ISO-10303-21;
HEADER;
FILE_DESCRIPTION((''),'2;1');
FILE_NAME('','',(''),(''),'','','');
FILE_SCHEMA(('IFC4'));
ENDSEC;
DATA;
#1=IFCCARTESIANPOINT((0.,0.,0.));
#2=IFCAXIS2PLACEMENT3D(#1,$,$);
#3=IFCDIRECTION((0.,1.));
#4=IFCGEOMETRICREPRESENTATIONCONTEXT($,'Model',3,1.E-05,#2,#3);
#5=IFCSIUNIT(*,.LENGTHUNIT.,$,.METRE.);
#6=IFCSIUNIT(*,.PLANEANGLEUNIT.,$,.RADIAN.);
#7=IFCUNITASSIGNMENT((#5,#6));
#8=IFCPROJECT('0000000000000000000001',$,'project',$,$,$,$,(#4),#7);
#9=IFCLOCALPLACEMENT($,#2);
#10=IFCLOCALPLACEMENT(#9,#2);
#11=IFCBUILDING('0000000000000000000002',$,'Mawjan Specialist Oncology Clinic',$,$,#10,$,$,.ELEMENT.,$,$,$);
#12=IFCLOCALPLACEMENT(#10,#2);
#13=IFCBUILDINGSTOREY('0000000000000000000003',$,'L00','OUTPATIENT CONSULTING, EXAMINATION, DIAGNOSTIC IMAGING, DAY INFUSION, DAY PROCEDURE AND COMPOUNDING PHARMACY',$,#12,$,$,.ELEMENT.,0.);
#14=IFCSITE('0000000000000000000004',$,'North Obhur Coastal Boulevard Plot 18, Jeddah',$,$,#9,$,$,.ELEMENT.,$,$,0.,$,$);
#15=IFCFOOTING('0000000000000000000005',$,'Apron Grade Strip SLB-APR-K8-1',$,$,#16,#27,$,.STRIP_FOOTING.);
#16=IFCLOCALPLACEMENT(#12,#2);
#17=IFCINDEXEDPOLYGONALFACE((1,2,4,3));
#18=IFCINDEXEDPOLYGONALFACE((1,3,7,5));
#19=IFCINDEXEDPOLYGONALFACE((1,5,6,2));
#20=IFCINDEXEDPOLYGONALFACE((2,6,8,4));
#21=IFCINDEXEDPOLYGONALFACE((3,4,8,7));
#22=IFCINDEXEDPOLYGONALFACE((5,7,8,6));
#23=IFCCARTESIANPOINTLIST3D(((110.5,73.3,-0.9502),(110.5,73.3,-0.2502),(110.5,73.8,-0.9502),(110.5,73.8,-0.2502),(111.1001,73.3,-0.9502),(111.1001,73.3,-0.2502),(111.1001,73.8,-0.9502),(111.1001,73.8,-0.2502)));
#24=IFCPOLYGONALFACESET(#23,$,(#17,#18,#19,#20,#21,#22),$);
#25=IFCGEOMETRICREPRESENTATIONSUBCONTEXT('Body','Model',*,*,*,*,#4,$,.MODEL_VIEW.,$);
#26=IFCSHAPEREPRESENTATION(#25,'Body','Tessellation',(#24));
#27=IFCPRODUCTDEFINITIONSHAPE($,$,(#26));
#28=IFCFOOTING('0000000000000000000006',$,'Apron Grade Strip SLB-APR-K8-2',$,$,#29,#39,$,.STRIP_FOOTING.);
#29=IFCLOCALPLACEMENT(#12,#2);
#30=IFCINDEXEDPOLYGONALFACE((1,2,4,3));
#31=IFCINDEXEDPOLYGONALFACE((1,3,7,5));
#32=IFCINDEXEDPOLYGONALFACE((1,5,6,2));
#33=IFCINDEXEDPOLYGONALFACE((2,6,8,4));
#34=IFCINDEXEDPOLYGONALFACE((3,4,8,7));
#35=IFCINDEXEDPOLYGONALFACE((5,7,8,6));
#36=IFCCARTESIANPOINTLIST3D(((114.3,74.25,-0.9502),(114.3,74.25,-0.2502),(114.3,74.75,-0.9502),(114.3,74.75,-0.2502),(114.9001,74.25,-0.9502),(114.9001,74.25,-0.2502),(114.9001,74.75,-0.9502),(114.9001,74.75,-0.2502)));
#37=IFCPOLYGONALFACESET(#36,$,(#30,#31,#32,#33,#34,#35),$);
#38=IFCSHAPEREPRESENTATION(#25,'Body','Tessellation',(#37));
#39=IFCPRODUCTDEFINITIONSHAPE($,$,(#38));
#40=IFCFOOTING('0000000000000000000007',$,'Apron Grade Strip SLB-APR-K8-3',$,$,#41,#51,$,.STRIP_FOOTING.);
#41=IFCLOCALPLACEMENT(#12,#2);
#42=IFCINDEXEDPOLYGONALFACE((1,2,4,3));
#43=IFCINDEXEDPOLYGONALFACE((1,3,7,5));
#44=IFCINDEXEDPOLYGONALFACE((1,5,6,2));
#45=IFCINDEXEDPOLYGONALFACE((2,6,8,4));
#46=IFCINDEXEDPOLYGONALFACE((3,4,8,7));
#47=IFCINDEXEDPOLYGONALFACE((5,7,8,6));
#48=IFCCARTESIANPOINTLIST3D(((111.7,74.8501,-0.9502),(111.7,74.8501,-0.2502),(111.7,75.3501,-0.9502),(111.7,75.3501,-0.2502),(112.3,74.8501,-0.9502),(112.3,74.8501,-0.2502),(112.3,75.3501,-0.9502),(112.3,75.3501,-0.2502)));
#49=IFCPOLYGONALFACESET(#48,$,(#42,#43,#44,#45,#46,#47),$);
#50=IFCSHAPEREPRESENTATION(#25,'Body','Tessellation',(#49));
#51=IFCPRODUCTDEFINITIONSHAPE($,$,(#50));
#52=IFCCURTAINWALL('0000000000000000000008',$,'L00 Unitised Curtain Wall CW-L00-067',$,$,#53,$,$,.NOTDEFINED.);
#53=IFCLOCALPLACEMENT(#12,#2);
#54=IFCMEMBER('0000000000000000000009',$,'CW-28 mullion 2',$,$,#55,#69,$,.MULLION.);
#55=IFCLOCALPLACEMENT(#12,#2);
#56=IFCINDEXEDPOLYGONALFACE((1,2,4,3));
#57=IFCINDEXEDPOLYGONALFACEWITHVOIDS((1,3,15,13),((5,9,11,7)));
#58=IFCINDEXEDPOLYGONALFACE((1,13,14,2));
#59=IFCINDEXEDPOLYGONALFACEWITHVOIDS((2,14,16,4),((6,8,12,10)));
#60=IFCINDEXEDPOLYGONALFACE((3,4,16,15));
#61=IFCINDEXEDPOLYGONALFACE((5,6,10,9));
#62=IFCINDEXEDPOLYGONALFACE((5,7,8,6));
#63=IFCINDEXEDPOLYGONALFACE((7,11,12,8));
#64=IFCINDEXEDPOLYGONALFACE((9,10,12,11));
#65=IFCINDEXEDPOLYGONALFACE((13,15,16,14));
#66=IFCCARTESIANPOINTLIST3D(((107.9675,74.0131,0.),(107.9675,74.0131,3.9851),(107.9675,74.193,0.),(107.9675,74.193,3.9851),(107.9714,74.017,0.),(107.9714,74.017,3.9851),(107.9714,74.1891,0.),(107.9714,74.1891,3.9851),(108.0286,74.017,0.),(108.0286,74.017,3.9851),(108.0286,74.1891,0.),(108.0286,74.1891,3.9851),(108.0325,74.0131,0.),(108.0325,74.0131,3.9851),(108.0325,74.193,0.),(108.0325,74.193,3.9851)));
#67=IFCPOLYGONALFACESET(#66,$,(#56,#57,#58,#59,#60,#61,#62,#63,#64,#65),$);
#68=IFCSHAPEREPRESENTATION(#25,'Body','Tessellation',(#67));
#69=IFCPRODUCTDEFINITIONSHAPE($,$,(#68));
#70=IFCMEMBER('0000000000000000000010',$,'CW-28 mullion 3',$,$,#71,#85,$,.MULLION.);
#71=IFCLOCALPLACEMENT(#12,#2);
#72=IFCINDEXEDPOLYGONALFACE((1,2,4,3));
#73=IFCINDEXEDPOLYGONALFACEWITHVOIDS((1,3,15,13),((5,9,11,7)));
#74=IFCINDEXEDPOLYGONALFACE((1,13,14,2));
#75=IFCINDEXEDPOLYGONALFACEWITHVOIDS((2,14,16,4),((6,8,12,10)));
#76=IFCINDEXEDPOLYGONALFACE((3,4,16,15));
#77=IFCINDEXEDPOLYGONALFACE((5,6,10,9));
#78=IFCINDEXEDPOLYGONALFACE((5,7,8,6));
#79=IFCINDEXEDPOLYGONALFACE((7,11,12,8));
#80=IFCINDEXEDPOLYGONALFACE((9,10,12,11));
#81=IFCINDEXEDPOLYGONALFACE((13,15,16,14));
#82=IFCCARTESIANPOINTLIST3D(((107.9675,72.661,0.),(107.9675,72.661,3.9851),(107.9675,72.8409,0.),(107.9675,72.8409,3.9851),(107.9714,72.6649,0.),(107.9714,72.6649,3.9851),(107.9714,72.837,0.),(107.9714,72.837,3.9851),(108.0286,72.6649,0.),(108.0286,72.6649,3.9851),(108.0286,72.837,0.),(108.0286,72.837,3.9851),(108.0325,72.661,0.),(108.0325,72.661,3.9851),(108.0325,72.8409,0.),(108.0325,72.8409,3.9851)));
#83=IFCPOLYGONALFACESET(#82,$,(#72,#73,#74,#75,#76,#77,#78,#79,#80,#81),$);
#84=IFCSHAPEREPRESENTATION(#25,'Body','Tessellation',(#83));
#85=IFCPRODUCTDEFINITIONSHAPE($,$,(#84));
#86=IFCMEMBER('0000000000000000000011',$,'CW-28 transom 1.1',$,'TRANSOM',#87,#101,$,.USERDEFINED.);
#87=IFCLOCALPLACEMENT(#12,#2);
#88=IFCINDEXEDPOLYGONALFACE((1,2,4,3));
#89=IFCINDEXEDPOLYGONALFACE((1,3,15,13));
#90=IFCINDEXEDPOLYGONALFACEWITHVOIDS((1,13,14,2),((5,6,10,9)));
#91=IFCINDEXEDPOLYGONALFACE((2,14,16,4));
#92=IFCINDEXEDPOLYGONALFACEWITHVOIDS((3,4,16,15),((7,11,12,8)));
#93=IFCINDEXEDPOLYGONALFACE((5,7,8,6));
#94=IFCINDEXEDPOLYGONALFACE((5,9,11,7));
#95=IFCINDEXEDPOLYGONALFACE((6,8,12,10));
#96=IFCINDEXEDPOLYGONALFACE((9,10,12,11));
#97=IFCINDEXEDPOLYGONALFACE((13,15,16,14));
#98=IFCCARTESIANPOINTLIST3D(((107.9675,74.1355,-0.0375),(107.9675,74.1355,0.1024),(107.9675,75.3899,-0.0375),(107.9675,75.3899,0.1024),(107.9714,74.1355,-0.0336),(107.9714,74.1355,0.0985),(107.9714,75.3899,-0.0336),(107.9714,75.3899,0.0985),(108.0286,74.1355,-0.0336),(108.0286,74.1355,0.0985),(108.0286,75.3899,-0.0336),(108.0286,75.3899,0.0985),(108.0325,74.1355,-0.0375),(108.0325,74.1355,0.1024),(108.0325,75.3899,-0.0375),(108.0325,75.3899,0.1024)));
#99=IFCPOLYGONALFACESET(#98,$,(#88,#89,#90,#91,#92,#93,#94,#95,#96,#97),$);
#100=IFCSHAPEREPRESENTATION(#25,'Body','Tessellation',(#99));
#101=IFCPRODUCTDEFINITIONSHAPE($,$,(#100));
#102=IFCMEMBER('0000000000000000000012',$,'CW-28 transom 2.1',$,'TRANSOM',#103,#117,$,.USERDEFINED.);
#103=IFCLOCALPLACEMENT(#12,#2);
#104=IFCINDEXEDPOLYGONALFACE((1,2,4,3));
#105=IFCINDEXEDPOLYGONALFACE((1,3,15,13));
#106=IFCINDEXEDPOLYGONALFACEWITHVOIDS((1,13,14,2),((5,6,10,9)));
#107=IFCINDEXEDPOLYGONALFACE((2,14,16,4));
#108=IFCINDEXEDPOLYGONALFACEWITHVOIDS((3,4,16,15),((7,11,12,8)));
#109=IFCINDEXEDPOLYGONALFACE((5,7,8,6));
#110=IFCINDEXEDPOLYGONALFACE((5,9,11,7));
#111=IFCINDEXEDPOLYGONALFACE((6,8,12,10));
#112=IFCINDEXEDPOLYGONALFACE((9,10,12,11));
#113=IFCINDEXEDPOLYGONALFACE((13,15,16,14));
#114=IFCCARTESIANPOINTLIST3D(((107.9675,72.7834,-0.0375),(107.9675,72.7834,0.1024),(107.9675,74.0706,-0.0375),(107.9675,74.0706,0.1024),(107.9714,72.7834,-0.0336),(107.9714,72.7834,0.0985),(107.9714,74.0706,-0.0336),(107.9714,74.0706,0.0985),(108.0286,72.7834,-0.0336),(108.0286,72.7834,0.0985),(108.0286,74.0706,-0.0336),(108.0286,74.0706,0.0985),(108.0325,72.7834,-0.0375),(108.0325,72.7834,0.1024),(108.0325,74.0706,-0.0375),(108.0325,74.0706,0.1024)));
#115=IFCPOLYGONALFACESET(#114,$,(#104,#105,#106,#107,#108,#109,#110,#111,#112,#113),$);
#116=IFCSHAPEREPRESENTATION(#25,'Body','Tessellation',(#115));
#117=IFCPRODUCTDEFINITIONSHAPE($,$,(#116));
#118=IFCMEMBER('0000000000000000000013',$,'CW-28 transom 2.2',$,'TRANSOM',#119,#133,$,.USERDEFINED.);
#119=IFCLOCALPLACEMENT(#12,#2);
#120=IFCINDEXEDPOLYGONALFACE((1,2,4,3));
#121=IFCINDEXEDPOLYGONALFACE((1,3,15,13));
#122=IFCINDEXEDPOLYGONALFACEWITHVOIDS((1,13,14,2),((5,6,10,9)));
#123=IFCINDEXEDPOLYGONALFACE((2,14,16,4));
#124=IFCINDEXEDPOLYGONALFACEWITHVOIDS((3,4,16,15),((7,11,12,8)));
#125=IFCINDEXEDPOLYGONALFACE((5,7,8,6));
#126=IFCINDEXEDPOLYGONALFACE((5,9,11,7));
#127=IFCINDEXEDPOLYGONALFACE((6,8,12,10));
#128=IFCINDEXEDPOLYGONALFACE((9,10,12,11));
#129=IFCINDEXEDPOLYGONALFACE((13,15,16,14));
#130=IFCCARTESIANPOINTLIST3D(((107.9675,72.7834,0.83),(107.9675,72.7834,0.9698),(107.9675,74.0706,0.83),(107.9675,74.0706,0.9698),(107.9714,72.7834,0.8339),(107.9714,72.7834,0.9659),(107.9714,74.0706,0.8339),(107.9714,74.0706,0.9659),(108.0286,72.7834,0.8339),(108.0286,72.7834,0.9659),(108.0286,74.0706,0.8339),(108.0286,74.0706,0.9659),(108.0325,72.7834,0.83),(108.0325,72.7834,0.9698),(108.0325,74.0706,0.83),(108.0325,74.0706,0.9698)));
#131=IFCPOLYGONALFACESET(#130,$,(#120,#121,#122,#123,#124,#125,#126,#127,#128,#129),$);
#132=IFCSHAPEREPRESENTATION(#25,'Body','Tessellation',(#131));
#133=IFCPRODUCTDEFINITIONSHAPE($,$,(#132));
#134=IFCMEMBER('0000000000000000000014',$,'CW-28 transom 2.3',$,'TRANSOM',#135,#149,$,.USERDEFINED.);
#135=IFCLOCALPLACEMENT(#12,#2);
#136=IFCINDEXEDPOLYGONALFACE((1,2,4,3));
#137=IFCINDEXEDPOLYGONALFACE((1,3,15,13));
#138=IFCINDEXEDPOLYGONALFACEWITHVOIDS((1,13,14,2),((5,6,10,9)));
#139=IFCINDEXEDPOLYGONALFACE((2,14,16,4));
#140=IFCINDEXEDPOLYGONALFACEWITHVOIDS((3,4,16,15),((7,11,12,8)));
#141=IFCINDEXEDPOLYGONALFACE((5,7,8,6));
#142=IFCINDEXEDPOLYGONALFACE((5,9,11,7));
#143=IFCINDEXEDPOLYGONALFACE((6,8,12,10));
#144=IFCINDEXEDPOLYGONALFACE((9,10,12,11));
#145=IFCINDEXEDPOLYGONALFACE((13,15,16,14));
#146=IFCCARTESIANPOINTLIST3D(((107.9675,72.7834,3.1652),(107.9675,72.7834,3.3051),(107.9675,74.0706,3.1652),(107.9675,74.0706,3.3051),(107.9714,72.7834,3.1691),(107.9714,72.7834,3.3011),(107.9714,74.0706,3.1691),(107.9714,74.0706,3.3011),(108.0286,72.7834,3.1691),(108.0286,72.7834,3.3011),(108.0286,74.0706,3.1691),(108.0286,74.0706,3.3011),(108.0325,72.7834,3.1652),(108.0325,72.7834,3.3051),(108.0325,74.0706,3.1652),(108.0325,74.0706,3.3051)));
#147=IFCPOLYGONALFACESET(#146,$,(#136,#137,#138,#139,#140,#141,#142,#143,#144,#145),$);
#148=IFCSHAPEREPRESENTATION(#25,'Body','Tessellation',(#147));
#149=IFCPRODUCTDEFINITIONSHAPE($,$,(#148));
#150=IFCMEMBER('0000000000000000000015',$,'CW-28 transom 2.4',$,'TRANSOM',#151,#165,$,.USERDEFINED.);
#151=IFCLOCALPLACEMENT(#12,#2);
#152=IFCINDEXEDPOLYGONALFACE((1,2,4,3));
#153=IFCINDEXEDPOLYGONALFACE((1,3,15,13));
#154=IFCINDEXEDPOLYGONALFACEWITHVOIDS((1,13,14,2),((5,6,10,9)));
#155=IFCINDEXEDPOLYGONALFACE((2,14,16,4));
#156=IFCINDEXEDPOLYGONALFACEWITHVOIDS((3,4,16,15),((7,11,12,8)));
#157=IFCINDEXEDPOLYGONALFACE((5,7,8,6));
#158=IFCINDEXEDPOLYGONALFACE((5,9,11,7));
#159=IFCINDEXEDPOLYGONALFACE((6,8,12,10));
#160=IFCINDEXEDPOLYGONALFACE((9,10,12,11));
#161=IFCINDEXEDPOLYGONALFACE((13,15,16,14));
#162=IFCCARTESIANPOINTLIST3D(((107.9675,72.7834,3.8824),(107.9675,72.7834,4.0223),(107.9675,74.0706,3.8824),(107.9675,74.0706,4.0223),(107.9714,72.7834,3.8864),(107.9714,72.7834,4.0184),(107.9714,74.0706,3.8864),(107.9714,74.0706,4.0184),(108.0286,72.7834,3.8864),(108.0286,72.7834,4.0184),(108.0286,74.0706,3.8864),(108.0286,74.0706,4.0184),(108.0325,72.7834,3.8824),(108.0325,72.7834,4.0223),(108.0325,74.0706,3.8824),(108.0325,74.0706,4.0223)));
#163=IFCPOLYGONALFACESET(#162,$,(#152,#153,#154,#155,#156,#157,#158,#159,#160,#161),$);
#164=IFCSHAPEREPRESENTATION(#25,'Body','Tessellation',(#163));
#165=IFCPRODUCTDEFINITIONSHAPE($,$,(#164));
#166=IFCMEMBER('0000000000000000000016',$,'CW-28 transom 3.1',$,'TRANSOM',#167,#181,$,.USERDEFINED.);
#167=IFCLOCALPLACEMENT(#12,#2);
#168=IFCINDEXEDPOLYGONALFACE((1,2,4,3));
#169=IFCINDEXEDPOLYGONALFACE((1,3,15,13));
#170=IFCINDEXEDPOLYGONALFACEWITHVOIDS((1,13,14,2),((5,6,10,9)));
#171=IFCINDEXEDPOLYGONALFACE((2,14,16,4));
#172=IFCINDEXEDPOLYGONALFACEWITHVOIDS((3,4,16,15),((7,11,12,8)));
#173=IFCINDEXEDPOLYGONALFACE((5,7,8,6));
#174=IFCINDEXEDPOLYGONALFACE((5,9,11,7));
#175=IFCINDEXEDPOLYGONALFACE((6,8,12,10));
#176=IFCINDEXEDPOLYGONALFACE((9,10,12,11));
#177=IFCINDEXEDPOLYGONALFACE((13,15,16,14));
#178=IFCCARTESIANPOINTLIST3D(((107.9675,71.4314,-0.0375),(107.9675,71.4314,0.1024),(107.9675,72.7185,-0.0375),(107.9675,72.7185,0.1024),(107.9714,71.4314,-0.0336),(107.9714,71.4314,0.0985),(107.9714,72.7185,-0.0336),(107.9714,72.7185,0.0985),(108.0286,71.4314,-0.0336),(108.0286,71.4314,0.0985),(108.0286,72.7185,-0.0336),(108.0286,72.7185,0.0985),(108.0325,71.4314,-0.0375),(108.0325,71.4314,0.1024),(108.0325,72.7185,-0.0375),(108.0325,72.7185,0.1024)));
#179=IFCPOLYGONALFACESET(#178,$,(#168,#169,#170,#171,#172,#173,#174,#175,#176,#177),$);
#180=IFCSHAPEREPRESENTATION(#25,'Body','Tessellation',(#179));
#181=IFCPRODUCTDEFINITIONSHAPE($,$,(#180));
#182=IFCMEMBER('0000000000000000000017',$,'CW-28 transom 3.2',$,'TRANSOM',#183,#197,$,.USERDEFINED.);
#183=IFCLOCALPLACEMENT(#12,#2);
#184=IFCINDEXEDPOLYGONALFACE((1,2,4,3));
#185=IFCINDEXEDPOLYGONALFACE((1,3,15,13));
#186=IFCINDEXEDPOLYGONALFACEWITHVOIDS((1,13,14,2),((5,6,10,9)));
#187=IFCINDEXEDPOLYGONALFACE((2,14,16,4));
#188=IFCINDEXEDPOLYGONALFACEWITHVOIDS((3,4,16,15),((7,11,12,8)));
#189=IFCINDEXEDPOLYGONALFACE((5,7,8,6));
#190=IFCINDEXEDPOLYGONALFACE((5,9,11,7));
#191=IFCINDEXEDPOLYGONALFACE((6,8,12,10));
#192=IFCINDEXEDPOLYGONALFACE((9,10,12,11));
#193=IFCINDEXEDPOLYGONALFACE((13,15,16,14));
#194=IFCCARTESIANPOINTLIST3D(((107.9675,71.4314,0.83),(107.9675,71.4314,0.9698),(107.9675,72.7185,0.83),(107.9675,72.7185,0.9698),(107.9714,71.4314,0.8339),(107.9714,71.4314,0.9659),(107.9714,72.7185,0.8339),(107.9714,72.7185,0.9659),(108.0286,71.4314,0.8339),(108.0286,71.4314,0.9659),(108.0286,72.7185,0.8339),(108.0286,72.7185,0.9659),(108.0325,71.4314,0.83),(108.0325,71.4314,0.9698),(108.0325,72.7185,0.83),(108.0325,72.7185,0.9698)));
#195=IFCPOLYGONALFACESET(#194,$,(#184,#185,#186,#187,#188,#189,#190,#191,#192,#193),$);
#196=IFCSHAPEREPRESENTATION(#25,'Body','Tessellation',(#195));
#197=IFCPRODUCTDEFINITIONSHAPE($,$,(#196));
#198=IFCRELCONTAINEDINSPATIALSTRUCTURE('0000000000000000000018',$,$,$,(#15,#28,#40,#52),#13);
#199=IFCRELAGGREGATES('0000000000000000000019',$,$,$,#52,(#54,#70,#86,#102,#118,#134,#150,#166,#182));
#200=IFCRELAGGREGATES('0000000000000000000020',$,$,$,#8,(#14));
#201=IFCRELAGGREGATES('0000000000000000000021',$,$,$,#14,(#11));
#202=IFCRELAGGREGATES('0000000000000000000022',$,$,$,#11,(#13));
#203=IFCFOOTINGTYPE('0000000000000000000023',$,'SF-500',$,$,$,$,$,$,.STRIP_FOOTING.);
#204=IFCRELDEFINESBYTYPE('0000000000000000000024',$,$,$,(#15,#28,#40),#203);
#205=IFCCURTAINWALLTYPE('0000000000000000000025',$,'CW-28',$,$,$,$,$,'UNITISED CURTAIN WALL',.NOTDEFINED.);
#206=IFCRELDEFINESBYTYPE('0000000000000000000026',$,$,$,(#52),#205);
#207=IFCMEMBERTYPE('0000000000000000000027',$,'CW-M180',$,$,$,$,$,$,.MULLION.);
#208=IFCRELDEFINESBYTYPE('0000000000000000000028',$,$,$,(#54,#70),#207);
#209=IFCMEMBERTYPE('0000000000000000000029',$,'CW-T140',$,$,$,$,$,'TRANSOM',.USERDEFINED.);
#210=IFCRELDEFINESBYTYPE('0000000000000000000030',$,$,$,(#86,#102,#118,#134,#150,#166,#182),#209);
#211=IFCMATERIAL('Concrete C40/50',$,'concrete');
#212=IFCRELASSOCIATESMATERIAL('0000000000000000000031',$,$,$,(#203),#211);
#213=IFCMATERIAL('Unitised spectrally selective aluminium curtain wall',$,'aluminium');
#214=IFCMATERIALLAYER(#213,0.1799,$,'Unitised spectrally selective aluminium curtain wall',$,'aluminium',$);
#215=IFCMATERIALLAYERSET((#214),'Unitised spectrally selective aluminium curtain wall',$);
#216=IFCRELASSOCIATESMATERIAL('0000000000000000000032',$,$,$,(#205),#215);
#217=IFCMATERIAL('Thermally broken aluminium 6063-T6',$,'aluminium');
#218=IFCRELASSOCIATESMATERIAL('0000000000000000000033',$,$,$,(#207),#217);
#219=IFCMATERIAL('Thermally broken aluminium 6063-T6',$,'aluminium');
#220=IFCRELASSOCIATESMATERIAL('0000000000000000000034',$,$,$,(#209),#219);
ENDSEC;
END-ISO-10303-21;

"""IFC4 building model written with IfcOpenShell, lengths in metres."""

from ifc_helpers import new_model, si_unit, direction, frame, origin, origin_2d, place, context, subcontext, project, spatial, rectangle, hollow_rectangle, extrude, material, layer, layer_set, material_profile, profile_set, type_object, element, aggregate, save


model = new_model("IFC4")

# Units and contexts
model_context = context("Model", 3, precision=1e-05, world=origin(), true_north=direction((0.0, 1.0)))
body_context = subcontext(model_context, "Body", "Model", "MODEL_VIEW")
ifc_project = project(units=[si_unit("LENGTHUNIT", "METRE"), si_unit("PLANEANGLEUNIT", "RADIAN")], contexts=[model_context])

# Site, building, storey
site_placement = place(None, origin())
site = spatial("IfcSite", under=ifc_project, at=site_placement, Name="North Obhur Coastal Boulevard Plot 18, Jeddah", CompositionType="ELEMENT", RefElevation=0.0)
building_placement = place(site_placement, origin())
building = spatial("IfcBuilding", under=site, at=building_placement, Name="Mawjan Specialist Oncology Clinic", CompositionType="ELEMENT")
storey_placement = place(building_placement, origin())
storey = spatial("IfcBuildingStorey", under=building, at=storey_placement, Name="L00", Description="OUTPATIENT CONSULTING, EXAMINATION, DIAGNOSTIC IMAGING, DAY INFUSION, DAY PROCEDURE AND COMPOUNDING PHARMACY", CompositionType="ELEMENT", Elevation=0.0)

# Footings
ifc_material_1 = material(Name="Concrete C40/50", Category="concrete")
footing_type = type_object("IfcFootingType", Name="SF-500", PredefinedType="STRIP_FOOTING", material=ifc_material_1)
for number, where, z_axis, x_axis, name in (
    (1, (110.8, 73.55, -0.9502), (0.0, 0.0, 1.0), (1.0, 0.0, 0.0), "Apron Grade Strip SLB-APR-K8-1"),
    (2, (114.6001, 74.5, -0.9502), (0.0, 0.0, 1.0), (1.0, 0.0, 0.0), "Apron Grade Strip SLB-APR-K8-2"),
    (3, (112.0, 75.1001, -0.9502), (0.0, 0.0, 1.0), (1.0, 0.0, 0.0), "Apron Grade Strip SLB-APR-K8-3"),
):
    element("IfcFooting", number, at=place(storey_placement, frame(where, z_axis=z_axis, x_axis=x_axis)), inside=storey, type_object=footing_type, Name=name, PredefinedType="STRIP_FOOTING", context=body_context, shape_type="SweptSolid", body=[
        extrude(rectangle(XDim=0.6001, YDim=0.5, at=origin_2d()), origin(), (0.0, 0.0, 1.0), 0.7),
    ])

# Curtain wall, members
ifc_material_2 = material(Name="Unitised spectrally selective aluminium curtain wall", Category="aluminium")
ifc_layer_1 = layer(ifc_material_2, 0.1799, Name="Unitised spectrally selective aluminium curtain wall", Category="aluminium")
ifc_layer_set_1 = layer_set([ifc_layer_1], Name="Unitised spectrally selective aluminium curtain wall")
curtain_wall_type = type_object("IfcCurtainWallType", Name="CW-28", ElementType="UNITISED CURTAIN WALL", PredefinedType="NOTDEFINED", material=ifc_layer_set_1)
curtain_wall_placement = place(storey_placement, origin())
curtain_wall = element("IfcCurtainWall", 4, at=curtain_wall_placement, inside=storey, type_object=curtain_wall_type, Name="L00 Unitised Curtain Wall CW-L00-067", PredefinedType="NOTDEFINED")
ifc_material_3 = material(Name="Thermally broken aluminium 6063-T6", Category="aluminium")
ifc_material_profile_1 = material_profile(ifc_material_3, hollow_rectangle(XDim=0.0649, YDim=0.1799, WallThickness=0.0039, at=origin_2d()), Name="ALU MULLION 180x65x4", Category="aluminium")
ifc_profile_set_1 = profile_set([ifc_material_profile_1], Name="Thermally broken aluminium 6063-T6")
member_type_1 = type_object("IfcMemberType", Name="CW-M180", PredefinedType="MULLION", material=ifc_profile_set_1)
member_1_placement = place(storey_placement, frame((108.0, 74.103, 0.0), z_axis=(0.0, 0.0, 1.0), x_axis=(1.0, 0.0, 0.0)))
member_1 = element("IfcMember", 5, at=member_1_placement, type_object=member_type_1, Name="CW-28 mullion 2", PredefinedType="MULLION", context=body_context, shape_type="SweptSolid", body=[
    extrude(hollow_rectangle(XDim=0.0649, YDim=0.1799, WallThickness=0.0039, at=origin_2d()), origin(), (0.0, 0.0, 1.0), 3.9851),
])
member_2_placement = place(storey_placement, frame((108.0, 72.751, 0.0), z_axis=(0.0, 0.0, 1.0), x_axis=(1.0, 0.0, 0.0)))
member_2 = element("IfcMember", 6, at=member_2_placement, type_object=member_type_1, Name="CW-28 mullion 3", PredefinedType="MULLION", context=body_context, shape_type="SweptSolid", body=[
    extrude(hollow_rectangle(XDim=0.0649, YDim=0.1799, WallThickness=0.0039, at=origin_2d()), origin(), (0.0, 0.0, 1.0), 3.9851),
])
ifc_material_4 = material(Name="Thermally broken aluminium 6063-T6", Category="aluminium")
ifc_material_profile_2 = material_profile(ifc_material_4, hollow_rectangle(XDim=0.0649, YDim=0.1399, WallThickness=0.0039, at=origin_2d()), Name="ALU TRANSOM 140x65x4", Category="aluminium")
ifc_profile_set_2 = profile_set([ifc_material_profile_2], Name="Thermally broken aluminium 6063-T6")
member_type_2 = type_object("IfcMemberType", Name="CW-T140", ElementType="TRANSOM", PredefinedType="USERDEFINED", material=ifc_profile_set_2)
member_3_placement = place(storey_placement, frame((108.0, 75.3899, 0.0325), z_axis=(0.0, -1.0, 0.0), x_axis=(1.0, 0.0, 0.0)))
member_3 = element("IfcMember", 7, at=member_3_placement, type_object=member_type_2, Name="CW-28 transom 1.1", ObjectType="TRANSOM", PredefinedType="USERDEFINED", context=body_context, shape_type="SweptSolid", body=[
    extrude(hollow_rectangle(XDim=0.0649, YDim=0.1399, WallThickness=0.0039, at=origin_2d()), origin(), (0.0, 0.0, 1.0), 1.2544),
])
member_4_placement = place(storey_placement, frame((108.0, 74.0706, 0.0325), z_axis=(0.0, -1.0, 0.0), x_axis=(1.0, 0.0, 0.0)))
member_4 = element("IfcMember", 8, at=member_4_placement, type_object=member_type_2, Name="CW-28 transom 2.1", ObjectType="TRANSOM", PredefinedType="USERDEFINED", context=body_context, shape_type="SweptSolid", body=[
    extrude(hollow_rectangle(XDim=0.0649, YDim=0.1399, WallThickness=0.0039, at=origin_2d()), origin(), (0.0, 0.0, 1.0), 1.2871),
])
member_5_placement = place(storey_placement, frame((108.0, 74.0706, 0.8999), z_axis=(0.0, -1.0, 0.0), x_axis=(1.0, 0.0, 0.0)))
member_5 = element("IfcMember", 9, at=member_5_placement, type_object=member_type_2, Name="CW-28 transom 2.2", ObjectType="TRANSOM", PredefinedType="USERDEFINED", context=body_context, shape_type="SweptSolid", body=[
    extrude(hollow_rectangle(XDim=0.0649, YDim=0.1399, WallThickness=0.0039, at=origin_2d()), origin(), (0.0, 0.0, 1.0), 1.2871),
])
member_6_placement = place(storey_placement, frame((108.0, 74.0706, 3.2351), z_axis=(0.0, -1.0, 0.0), x_axis=(1.0, 0.0, 0.0)))
member_6 = element("IfcMember", 10, at=member_6_placement, type_object=member_type_2, Name="CW-28 transom 2.3", ObjectType="TRANSOM", PredefinedType="USERDEFINED", context=body_context, shape_type="SweptSolid", body=[
    extrude(hollow_rectangle(XDim=0.0649, YDim=0.1399, WallThickness=0.0039, at=origin_2d()), origin(), (0.0, 0.0, 1.0), 1.2871),
])
member_7_placement = place(storey_placement, frame((108.0, 74.0706, 3.9524), z_axis=(0.0, -1.0, 0.0), x_axis=(1.0, 0.0, 0.0)))
member_7 = element("IfcMember", 11, at=member_7_placement, type_object=member_type_2, Name="CW-28 transom 2.4", ObjectType="TRANSOM", PredefinedType="USERDEFINED", context=body_context, shape_type="SweptSolid", body=[
    extrude(hollow_rectangle(XDim=0.0649, YDim=0.1399, WallThickness=0.0039, at=origin_2d()), origin(), (0.0, 0.0, 1.0), 1.2871),
])
member_8_placement = place(storey_placement, frame((108.0, 72.7185, 0.0325), z_axis=(0.0, -1.0, 0.0), x_axis=(1.0, 0.0, 0.0)))
member_8 = element("IfcMember", 12, at=member_8_placement, type_object=member_type_2, Name="CW-28 transom 3.1", ObjectType="TRANSOM", PredefinedType="USERDEFINED", context=body_context, shape_type="SweptSolid", body=[
    extrude(hollow_rectangle(XDim=0.0649, YDim=0.1399, WallThickness=0.0039, at=origin_2d()), origin(), (0.0, 0.0, 1.0), 1.2871),
])
member_9_placement = place(storey_placement, frame((108.0, 72.7185, 0.8999), z_axis=(0.0, -1.0, 0.0), x_axis=(1.0, 0.0, 0.0)))
member_9 = element("IfcMember", 13, at=member_9_placement, type_object=member_type_2, Name="CW-28 transom 3.2", ObjectType="TRANSOM", PredefinedType="USERDEFINED", context=body_context, shape_type="SweptSolid", body=[
    extrude(hollow_rectangle(XDim=0.0649, YDim=0.1399, WallThickness=0.0039, at=origin_2d()), origin(), (0.0, 0.0, 1.0), 1.2871),
])
aggregate(curtain_wall, [member_1, member_2, member_3, member_4, member_5, member_6, member_7, member_8, member_9])

save(model, "model.ifc")
